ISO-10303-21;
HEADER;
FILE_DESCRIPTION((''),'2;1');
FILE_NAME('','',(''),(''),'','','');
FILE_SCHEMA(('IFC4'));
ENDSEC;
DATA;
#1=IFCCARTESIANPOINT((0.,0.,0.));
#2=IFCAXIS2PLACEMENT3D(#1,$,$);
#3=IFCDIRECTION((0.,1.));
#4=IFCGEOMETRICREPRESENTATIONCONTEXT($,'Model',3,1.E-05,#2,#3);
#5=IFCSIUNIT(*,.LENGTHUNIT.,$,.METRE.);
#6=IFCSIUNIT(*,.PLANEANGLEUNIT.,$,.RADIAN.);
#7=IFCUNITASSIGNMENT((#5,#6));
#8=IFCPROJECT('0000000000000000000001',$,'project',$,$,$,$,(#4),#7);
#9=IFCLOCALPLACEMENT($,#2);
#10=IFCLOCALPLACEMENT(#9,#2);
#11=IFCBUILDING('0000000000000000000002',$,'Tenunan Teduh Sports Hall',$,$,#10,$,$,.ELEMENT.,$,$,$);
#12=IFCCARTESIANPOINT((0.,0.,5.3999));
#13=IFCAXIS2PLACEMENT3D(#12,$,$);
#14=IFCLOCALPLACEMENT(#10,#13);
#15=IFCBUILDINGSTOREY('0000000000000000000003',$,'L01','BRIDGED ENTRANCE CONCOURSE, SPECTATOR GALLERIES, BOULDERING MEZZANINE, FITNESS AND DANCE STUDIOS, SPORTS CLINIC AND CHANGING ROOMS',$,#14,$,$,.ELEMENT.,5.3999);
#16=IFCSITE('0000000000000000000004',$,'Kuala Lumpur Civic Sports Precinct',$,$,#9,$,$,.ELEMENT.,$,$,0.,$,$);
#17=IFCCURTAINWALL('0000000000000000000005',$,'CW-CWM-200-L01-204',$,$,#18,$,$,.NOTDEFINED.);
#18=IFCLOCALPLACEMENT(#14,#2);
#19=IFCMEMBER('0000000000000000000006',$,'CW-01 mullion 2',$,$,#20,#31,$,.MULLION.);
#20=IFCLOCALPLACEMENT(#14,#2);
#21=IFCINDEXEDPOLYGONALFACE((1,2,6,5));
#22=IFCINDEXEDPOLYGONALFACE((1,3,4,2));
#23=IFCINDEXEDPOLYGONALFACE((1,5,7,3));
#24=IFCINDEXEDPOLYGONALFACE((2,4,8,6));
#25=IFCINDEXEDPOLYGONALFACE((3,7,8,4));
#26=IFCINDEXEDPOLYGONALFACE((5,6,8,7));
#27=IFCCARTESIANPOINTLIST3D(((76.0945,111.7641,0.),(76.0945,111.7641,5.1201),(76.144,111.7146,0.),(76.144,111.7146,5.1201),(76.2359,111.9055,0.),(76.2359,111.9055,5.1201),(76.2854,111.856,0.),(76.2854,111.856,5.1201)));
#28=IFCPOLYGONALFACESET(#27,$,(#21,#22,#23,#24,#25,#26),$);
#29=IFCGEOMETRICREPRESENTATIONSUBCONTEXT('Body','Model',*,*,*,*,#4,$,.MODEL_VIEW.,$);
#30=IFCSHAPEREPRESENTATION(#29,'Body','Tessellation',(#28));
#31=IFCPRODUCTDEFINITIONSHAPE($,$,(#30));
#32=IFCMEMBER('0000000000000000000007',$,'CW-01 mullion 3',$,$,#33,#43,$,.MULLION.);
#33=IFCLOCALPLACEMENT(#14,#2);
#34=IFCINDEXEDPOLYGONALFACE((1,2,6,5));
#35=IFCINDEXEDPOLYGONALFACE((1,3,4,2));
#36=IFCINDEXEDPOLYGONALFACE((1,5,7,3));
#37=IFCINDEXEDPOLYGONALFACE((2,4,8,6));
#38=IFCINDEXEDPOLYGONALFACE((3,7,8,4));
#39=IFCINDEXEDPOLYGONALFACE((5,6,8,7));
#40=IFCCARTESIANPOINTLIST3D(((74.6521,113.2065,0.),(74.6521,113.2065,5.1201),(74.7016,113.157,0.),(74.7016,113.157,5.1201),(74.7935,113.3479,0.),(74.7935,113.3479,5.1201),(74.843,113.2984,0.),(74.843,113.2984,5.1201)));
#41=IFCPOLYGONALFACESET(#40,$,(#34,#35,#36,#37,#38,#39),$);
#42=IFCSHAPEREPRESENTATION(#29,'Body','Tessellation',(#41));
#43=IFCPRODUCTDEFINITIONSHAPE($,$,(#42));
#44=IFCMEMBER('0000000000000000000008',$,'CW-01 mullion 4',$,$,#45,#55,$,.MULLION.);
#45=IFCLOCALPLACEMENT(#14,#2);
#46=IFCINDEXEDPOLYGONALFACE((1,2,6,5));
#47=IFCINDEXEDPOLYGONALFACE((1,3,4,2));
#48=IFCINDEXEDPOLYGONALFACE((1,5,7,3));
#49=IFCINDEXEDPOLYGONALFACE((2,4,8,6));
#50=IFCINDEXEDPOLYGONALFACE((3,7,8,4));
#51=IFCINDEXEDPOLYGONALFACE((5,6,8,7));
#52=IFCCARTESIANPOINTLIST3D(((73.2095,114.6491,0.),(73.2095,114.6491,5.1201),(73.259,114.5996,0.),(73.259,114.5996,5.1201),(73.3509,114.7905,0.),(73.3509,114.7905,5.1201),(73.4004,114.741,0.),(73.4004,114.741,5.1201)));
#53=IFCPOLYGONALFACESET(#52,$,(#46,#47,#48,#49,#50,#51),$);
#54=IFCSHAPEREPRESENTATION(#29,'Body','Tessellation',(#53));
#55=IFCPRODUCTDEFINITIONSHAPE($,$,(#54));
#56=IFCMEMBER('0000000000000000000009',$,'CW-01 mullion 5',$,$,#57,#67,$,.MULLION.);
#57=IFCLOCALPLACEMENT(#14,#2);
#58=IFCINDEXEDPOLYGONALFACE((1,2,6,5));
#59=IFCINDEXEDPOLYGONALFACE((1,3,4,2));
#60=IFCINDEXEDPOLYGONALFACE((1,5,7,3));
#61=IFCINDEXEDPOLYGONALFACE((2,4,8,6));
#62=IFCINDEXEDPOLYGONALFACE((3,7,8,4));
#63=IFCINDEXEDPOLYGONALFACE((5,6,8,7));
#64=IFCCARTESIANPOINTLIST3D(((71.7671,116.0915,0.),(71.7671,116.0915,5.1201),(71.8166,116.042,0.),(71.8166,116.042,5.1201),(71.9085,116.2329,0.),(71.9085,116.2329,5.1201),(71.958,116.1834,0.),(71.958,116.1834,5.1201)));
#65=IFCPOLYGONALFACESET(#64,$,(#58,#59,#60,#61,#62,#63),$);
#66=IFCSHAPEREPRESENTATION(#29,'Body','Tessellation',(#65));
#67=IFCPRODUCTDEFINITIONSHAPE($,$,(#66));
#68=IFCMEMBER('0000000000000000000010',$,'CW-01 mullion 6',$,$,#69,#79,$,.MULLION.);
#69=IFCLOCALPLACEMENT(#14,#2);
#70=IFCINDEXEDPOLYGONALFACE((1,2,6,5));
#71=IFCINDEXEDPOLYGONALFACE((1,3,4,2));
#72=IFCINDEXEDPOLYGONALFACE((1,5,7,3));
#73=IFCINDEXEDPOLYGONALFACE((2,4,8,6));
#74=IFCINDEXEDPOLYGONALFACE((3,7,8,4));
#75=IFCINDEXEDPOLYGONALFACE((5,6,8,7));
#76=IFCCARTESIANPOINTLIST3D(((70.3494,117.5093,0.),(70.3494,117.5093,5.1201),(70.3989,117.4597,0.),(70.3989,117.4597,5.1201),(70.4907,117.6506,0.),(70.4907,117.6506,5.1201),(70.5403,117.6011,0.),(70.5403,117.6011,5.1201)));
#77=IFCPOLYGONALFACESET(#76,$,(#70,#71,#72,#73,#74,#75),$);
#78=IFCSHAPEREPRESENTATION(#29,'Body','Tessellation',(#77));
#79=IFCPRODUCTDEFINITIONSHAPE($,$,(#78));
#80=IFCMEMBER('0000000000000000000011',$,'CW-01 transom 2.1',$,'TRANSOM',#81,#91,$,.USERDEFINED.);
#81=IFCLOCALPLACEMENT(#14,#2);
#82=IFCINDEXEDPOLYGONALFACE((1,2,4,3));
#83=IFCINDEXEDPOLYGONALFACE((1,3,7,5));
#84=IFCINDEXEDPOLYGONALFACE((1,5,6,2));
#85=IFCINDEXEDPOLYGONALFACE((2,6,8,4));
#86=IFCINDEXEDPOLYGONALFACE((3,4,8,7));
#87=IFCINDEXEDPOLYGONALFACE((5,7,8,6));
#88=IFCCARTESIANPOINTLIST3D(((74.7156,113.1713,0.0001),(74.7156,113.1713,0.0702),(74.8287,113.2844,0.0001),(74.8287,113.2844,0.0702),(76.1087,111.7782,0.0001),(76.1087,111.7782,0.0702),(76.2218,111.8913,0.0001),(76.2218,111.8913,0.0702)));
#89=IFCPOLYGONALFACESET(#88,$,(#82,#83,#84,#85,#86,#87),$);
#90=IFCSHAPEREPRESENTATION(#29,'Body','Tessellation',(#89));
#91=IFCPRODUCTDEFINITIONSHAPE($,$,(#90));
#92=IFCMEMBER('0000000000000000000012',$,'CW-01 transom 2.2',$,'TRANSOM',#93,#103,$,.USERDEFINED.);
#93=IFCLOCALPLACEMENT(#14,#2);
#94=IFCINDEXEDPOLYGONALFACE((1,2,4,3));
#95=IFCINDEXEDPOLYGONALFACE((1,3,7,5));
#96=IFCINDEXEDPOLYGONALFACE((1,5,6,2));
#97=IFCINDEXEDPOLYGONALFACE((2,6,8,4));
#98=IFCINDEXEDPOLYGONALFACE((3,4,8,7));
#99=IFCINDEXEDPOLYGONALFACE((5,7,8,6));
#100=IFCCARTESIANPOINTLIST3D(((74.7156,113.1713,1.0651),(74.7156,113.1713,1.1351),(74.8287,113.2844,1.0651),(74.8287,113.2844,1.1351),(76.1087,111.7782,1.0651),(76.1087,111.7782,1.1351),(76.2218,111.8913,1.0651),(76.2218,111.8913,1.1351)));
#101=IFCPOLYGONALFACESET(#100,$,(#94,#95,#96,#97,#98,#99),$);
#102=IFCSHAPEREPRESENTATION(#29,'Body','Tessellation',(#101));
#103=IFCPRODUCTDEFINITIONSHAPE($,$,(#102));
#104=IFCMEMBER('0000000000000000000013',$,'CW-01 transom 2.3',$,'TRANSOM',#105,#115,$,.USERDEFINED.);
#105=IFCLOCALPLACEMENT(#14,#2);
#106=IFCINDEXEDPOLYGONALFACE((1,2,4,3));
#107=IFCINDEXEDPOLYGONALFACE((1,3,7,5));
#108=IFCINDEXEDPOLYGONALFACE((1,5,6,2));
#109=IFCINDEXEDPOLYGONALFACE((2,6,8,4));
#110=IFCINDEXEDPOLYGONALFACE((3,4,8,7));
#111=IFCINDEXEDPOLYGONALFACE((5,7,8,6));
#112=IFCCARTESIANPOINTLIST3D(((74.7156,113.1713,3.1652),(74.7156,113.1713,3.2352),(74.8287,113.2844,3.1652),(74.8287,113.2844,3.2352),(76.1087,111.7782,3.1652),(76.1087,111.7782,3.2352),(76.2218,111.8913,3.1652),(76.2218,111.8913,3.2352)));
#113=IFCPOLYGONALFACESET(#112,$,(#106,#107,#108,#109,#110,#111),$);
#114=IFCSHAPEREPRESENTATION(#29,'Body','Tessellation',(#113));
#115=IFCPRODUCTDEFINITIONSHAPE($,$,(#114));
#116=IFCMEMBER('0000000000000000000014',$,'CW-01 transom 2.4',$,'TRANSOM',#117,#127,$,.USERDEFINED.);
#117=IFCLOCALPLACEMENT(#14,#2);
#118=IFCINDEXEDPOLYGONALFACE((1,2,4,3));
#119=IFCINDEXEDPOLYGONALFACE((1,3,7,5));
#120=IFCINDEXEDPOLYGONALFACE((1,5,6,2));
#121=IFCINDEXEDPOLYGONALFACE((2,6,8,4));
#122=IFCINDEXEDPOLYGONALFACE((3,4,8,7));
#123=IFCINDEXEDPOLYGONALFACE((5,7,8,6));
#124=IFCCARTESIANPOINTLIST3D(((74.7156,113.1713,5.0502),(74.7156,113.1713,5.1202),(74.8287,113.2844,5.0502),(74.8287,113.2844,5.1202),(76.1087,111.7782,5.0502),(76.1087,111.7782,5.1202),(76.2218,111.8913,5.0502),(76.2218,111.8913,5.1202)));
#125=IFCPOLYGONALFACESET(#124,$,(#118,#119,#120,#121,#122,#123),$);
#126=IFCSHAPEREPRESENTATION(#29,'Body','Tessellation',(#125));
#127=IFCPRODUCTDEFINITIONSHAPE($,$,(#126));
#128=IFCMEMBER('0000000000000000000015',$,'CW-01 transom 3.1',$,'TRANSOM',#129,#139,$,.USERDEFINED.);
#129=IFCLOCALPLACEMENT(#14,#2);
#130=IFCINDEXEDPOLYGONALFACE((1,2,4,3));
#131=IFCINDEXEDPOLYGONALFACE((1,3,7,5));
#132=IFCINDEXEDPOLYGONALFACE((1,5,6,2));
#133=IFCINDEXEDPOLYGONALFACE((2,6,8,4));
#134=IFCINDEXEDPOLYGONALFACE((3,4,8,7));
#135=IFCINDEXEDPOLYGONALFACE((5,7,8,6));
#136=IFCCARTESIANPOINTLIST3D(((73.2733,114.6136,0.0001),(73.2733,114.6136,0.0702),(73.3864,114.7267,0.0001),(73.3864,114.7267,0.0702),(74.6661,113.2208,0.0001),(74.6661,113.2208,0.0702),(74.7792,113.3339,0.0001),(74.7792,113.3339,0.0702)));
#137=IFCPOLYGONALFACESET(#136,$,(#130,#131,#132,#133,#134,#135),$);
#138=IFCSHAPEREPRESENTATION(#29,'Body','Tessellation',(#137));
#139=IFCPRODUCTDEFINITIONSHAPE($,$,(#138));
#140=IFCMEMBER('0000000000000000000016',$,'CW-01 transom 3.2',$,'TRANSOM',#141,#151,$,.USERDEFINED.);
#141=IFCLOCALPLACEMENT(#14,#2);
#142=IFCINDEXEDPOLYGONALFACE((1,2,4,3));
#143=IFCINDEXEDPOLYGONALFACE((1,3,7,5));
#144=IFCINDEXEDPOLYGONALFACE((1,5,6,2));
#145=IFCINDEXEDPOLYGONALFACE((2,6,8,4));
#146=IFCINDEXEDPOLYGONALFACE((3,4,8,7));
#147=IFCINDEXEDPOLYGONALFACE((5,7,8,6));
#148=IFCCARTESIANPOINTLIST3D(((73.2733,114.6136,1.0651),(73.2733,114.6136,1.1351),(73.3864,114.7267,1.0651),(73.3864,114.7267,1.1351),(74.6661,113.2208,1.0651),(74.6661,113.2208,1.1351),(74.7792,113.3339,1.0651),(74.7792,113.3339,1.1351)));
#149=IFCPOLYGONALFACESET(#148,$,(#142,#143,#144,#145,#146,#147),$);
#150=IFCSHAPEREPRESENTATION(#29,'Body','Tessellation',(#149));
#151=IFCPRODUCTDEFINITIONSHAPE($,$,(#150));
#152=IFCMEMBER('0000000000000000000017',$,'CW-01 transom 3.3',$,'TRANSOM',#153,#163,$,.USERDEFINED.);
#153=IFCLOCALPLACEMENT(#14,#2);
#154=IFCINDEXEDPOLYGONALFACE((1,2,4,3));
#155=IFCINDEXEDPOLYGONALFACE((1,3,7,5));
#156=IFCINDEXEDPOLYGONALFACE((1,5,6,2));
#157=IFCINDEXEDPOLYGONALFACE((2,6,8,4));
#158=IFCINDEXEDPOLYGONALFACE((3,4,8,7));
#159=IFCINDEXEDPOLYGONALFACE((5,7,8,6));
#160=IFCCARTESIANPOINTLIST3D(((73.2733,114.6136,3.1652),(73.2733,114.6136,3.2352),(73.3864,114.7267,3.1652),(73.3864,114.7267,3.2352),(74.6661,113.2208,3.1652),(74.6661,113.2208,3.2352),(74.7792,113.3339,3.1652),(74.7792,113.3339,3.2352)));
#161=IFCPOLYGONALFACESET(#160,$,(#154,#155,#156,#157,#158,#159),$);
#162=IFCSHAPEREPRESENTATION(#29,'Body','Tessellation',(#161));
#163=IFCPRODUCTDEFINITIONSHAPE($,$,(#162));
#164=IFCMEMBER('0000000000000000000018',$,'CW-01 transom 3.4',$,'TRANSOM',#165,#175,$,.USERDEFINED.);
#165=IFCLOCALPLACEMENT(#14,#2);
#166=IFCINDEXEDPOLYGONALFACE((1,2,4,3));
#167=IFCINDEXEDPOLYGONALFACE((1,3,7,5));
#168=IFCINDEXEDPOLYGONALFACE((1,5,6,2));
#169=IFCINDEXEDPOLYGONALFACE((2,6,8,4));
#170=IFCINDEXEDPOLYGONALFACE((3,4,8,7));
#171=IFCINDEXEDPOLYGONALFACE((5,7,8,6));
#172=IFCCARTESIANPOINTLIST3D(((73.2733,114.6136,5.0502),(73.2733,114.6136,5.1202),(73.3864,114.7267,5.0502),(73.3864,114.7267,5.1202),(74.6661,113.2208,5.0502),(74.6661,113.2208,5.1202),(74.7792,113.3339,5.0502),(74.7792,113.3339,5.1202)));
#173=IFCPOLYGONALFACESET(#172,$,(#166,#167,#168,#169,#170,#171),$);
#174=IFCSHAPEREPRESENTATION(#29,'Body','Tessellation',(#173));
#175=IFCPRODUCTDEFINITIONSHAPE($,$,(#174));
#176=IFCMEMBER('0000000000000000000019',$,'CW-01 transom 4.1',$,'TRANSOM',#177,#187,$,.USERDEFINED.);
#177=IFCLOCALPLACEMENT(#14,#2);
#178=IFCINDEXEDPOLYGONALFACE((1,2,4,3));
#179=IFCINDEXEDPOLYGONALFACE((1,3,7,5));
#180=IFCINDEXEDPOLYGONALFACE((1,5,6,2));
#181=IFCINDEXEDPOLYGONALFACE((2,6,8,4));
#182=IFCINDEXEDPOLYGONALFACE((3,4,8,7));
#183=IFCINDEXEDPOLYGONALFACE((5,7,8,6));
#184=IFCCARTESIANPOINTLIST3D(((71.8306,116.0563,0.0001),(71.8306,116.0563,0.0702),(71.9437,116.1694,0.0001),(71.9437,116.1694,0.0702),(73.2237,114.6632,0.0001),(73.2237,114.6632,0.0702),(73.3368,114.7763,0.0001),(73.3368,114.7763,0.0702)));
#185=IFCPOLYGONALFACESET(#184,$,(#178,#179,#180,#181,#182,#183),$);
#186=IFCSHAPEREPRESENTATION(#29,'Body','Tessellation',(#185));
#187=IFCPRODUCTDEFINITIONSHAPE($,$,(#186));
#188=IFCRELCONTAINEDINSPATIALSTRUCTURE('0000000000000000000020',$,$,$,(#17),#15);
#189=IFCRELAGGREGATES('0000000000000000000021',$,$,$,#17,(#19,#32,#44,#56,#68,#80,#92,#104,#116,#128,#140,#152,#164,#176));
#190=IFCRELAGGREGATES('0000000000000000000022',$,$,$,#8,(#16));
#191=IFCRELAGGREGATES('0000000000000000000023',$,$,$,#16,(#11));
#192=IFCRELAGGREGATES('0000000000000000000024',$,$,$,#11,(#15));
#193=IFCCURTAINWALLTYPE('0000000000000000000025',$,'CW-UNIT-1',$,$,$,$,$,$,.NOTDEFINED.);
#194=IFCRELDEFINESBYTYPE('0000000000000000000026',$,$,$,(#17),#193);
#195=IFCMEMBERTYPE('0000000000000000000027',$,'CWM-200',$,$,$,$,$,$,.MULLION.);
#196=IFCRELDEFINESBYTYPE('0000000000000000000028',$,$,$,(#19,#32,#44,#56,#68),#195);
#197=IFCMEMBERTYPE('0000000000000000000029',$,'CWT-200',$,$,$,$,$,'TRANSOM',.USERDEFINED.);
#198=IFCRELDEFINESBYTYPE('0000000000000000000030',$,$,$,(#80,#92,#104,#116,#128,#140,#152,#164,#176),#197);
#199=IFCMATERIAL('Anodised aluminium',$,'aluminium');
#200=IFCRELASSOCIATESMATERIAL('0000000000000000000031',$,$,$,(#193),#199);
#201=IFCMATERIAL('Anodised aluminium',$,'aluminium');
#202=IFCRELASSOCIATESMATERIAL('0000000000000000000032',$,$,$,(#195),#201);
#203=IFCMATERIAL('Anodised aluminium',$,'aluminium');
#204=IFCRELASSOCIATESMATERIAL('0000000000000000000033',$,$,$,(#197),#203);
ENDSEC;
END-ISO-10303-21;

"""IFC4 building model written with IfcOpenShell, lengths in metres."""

from ifc_helpers import new_model, si_unit, direction, frame, origin, origin_2d, place, context, subcontext, project, spatial, rectangle, extrude, material, material_profile, profile_set, type_object, element, aggregate, save


model = new_model("IFC4")

# Units and contexts
model_context = context("Model", 3, precision=1e-05, world=origin(), true_north=direction((0.0, 1.0)))
body_context = subcontext(model_context, "Body", "Model", "MODEL_VIEW")
ifc_project = project(units=[si_unit("LENGTHUNIT", "METRE"), si_unit("PLANEANGLEUNIT", "RADIAN")], contexts=[model_context])

# Site, building, storey
site_placement = place(None, origin())
site = spatial("IfcSite", under=ifc_project, at=site_placement, Name="Kuala Lumpur Civic Sports Precinct", CompositionType="ELEMENT", RefElevation=0.0)
building_placement = place(site_placement, origin())
building = spatial("IfcBuilding", under=site, at=building_placement, Name="Tenunan Teduh Sports Hall", CompositionType="ELEMENT")
storey_placement = place(building_placement, frame((0.0, 0.0, 5.3999)))
storey = spatial("IfcBuildingStorey", under=building, at=storey_placement, Name="L01", Description="BRIDGED ENTRANCE CONCOURSE, SPECTATOR GALLERIES, BOULDERING MEZZANINE, FITNESS AND DANCE STUDIOS, SPORTS CLINIC AND CHANGING ROOMS", CompositionType="ELEMENT", Elevation=5.3999)

# Curtain wall, members
ifc_material_1 = material(Name="Anodised aluminium", Category="aluminium")
curtain_wall_type = type_object("IfcCurtainWallType", Name="CW-UNIT-1", PredefinedType="NOTDEFINED", material=ifc_material_1)
curtain_wall_placement = place(storey_placement, origin())
curtain_wall = element("IfcCurtainWall", 1, at=curtain_wall_placement, inside=storey, type_object=curtain_wall_type, Name="CW-CWM-200-L01-204", PredefinedType="NOTDEFINED")
ifc_material_2 = material(Name="Anodised aluminium", Category="aluminium")
ifc_material_profile_1 = material_profile(ifc_material_2, rectangle(XDim=0.0701, YDim=0.2, at=origin_2d()), Name="CWM 70x200")
ifc_profile_set_1 = profile_set([ifc_material_profile_1], Name="Anodised aluminium")
member_type_1 = type_object("IfcMemberType", Name="CWM-200", PredefinedType="MULLION", material=ifc_profile_set_1)
member_1_placement = place(storey_placement, frame((76.1899, 111.8101, 0.0), z_axis=(0.0, 0.0, 1.0), x_axis=(-0.707107, 0.707107, 0.0)))
member_1 = element("IfcMember", 2, at=member_1_placement, type_object=member_type_1, Name="CW-01 mullion 2", PredefinedType="MULLION", context=body_context, shape_type="SweptSolid", body=[
    extrude(rectangle(XDim=0.0701, YDim=0.2, at=origin_2d()), origin(), (0.0, 0.0, 1.0), 5.1201),
])
member_2_placement = place(storey_placement, frame((74.7476, 113.2524, 0.0), z_axis=(0.0, 0.0, 1.0), x_axis=(-0.707107, 0.707107, 0.0)))
member_2 = element("IfcMember", 3, at=member_2_placement, type_object=member_type_1, Name="CW-01 mullion 3", PredefinedType="MULLION", context=body_context, shape_type="SweptSolid", body=[
    extrude(rectangle(XDim=0.0701, YDim=0.2, at=origin_2d()), origin(), (0.0, 0.0, 1.0), 5.1201),
])
member_3_placement = place(storey_placement, frame((73.3049, 114.6951, 0.0), z_axis=(0.0, 0.0, 1.0), x_axis=(-0.707107, 0.707107, 0.0)))
member_3 = element("IfcMember", 4, at=member_3_placement, type_object=member_type_1, Name="CW-01 mullion 4", PredefinedType="MULLION", context=body_context, shape_type="SweptSolid", body=[
    extrude(rectangle(XDim=0.0701, YDim=0.2, at=origin_2d()), origin(), (0.0, 0.0, 1.0), 5.1201),
])
member_4_placement = place(storey_placement, frame((71.8625, 116.1375, 0.0), z_axis=(0.0, 0.0, 1.0), x_axis=(-0.707107, 0.707107, 0.0)))
member_4 = element("IfcMember", 5, at=member_4_placement, type_object=member_type_1, Name="CW-01 mullion 5", PredefinedType="MULLION", context=body_context, shape_type="SweptSolid", body=[
    extrude(rectangle(XDim=0.0701, YDim=0.2, at=origin_2d()), origin(), (0.0, 0.0, 1.0), 5.1201),
])
member_5_placement = place(storey_placement, frame((70.4448, 117.5552, 0.0), z_axis=(0.0, 0.0, 1.0), x_axis=(-0.707107, 0.707107, 0.0)))
member_5 = element("IfcMember", 6, at=member_5_placement, type_object=member_type_1, Name="CW-01 mullion 6", PredefinedType="MULLION", context=body_context, shape_type="SweptSolid", body=[
    extrude(rectangle(XDim=0.0701, YDim=0.2, at=origin_2d()), origin(), (0.0, 0.0, 1.0), 5.1201),
])
ifc_material_3 = material(Name="Anodised aluminium", Category="aluminium")
ifc_material_profile_2 = material_profile(ifc_material_3, rectangle(XDim=0.0701, YDim=0.1599, at=origin_2d()), Name="CWT 70x160")
ifc_profile_set_2 = profile_set([ifc_material_profile_2], Name="Anodised aluminium")
member_type_2 = type_object("IfcMemberType", Name="CWT-200", ElementType="TRANSOM", PredefinedType="USERDEFINED", material=ifc_profile_set_2)
member_6_placement = place(storey_placement, frame((76.1653, 111.8347, 0.0352), z_axis=(-0.707107, 0.707107, 0.0), x_axis=(0.0, 0.0, 1.0)))
member_6 = element("IfcMember", 7, at=member_6_placement, type_object=member_type_2, Name="CW-01 transom 2.1", ObjectType="TRANSOM", PredefinedType="USERDEFINED", context=body_context, shape_type="SweptSolid", body=[
    extrude(rectangle(XDim=0.0701, YDim=0.1599, at=origin_2d()), origin(), (0.0, 0.0, 1.0), 1.9702),
])
member_7_placement = place(storey_placement, frame((76.1653, 111.8347, 1.1001), z_axis=(-0.707107, 0.707107, 0.0), x_axis=(0.0, 0.0, 1.0)))
member_7 = element("IfcMember", 8, at=member_7_placement, type_object=member_type_2, Name="CW-01 transom 2.2", ObjectType="TRANSOM", PredefinedType="USERDEFINED", context=body_context, shape_type="SweptSolid", body=[
    extrude(rectangle(XDim=0.0701, YDim=0.1599, at=origin_2d()), origin(), (0.0, 0.0, 1.0), 1.9702),
])
member_8_placement = place(storey_placement, frame((76.1653, 111.8347, 3.2002), z_axis=(-0.707107, 0.707107, 0.0), x_axis=(0.0, 0.0, 1.0)))
member_8 = element("IfcMember", 9, at=member_8_placement, type_object=member_type_2, Name="CW-01 transom 2.3", ObjectType="TRANSOM", PredefinedType="USERDEFINED", context=body_context, shape_type="SweptSolid", body=[
    extrude(rectangle(XDim=0.0701, YDim=0.1599, at=origin_2d()), origin(), (0.0, 0.0, 1.0), 1.9702),
])
member_9_placement = place(storey_placement, frame((76.1653, 111.8347, 5.0852), z_axis=(-0.707107, 0.707107, 0.0), x_axis=(0.0, 0.0, 1.0)))
member_9 = element("IfcMember", 10, at=member_9_placement, type_object=member_type_2, Name="CW-01 transom 2.4", ObjectType="TRANSOM", PredefinedType="USERDEFINED", context=body_context, shape_type="SweptSolid", body=[
    extrude(rectangle(XDim=0.0701, YDim=0.1599, at=origin_2d()), origin(), (0.0, 0.0, 1.0), 1.9702),
])
member_10_placement = place(storey_placement, frame((74.7227, 113.2773, 0.0352), z_axis=(-0.707107, 0.707107, 0.0), x_axis=(0.0, 0.0, 1.0)))
member_10 = element("IfcMember", 11, at=member_10_placement, type_object=member_type_2, Name="CW-01 transom 3.1", ObjectType="TRANSOM", PredefinedType="USERDEFINED", context=body_context, shape_type="SweptSolid", body=[
    extrude(rectangle(XDim=0.0701, YDim=0.1599, at=origin_2d()), origin(), (0.0, 0.0, 1.0), 1.9697),
])
member_11_placement = place(storey_placement, frame((74.7227, 113.2773, 1.1001), z_axis=(-0.707107, 0.707107, 0.0), x_axis=(0.0, 0.0, 1.0)))
member_11 = element("IfcMember", 12, at=member_11_placement, type_object=member_type_2, Name="CW-01 transom 3.2", ObjectType="TRANSOM", PredefinedType="USERDEFINED", context=body_context, shape_type="SweptSolid", body=[
    extrude(rectangle(XDim=0.0701, YDim=0.1599, at=origin_2d()), origin(), (0.0, 0.0, 1.0), 1.9697),
])
member_12_placement = place(storey_placement, frame((74.7227, 113.2773, 3.2002), z_axis=(-0.707107, 0.707107, 0.0), x_axis=(0.0, 0.0, 1.0)))
member_12 = element("IfcMember", 13, at=member_12_placement, type_object=member_type_2, Name="CW-01 transom 3.3", ObjectType="TRANSOM", PredefinedType="USERDEFINED", context=body_context, shape_type="SweptSolid", body=[
    extrude(rectangle(XDim=0.0701, YDim=0.1599, at=origin_2d()), origin(), (0.0, 0.0, 1.0), 1.9697),
])
member_13_placement = place(storey_placement, frame((74.7227, 113.2773, 5.0852), z_axis=(-0.707107, 0.707107, 0.0), x_axis=(0.0, 0.0, 1.0)))
member_13 = element("IfcMember", 14, at=member_13_placement, type_object=member_type_2, Name="CW-01 transom 3.4", ObjectType="TRANSOM", PredefinedType="USERDEFINED", context=body_context, shape_type="SweptSolid", body=[
    extrude(rectangle(XDim=0.0701, YDim=0.1599, at=origin_2d()), origin(), (0.0, 0.0, 1.0), 1.9697),
])
member_14_placement = place(storey_placement, frame((73.2803, 114.7197, 0.0352), z_axis=(-0.707107, 0.707107, 0.0), x_axis=(0.0, 0.0, 1.0)))
member_14 = element("IfcMember", 15, at=member_14_placement, type_object=member_type_2, Name="CW-01 transom 4.1", ObjectType="TRANSOM", PredefinedType="USERDEFINED", context=body_context, shape_type="SweptSolid", body=[
    extrude(rectangle(XDim=0.0701, YDim=0.1599, at=origin_2d()), origin(), (0.0, 0.0, 1.0), 1.9702),
])
aggregate(curtain_wall, [member_1, member_2, member_3, member_4, member_5, member_6, member_7, member_8, member_9, member_10, member_11, member_12, member_13, member_14])

save(model, "model.ifc")
